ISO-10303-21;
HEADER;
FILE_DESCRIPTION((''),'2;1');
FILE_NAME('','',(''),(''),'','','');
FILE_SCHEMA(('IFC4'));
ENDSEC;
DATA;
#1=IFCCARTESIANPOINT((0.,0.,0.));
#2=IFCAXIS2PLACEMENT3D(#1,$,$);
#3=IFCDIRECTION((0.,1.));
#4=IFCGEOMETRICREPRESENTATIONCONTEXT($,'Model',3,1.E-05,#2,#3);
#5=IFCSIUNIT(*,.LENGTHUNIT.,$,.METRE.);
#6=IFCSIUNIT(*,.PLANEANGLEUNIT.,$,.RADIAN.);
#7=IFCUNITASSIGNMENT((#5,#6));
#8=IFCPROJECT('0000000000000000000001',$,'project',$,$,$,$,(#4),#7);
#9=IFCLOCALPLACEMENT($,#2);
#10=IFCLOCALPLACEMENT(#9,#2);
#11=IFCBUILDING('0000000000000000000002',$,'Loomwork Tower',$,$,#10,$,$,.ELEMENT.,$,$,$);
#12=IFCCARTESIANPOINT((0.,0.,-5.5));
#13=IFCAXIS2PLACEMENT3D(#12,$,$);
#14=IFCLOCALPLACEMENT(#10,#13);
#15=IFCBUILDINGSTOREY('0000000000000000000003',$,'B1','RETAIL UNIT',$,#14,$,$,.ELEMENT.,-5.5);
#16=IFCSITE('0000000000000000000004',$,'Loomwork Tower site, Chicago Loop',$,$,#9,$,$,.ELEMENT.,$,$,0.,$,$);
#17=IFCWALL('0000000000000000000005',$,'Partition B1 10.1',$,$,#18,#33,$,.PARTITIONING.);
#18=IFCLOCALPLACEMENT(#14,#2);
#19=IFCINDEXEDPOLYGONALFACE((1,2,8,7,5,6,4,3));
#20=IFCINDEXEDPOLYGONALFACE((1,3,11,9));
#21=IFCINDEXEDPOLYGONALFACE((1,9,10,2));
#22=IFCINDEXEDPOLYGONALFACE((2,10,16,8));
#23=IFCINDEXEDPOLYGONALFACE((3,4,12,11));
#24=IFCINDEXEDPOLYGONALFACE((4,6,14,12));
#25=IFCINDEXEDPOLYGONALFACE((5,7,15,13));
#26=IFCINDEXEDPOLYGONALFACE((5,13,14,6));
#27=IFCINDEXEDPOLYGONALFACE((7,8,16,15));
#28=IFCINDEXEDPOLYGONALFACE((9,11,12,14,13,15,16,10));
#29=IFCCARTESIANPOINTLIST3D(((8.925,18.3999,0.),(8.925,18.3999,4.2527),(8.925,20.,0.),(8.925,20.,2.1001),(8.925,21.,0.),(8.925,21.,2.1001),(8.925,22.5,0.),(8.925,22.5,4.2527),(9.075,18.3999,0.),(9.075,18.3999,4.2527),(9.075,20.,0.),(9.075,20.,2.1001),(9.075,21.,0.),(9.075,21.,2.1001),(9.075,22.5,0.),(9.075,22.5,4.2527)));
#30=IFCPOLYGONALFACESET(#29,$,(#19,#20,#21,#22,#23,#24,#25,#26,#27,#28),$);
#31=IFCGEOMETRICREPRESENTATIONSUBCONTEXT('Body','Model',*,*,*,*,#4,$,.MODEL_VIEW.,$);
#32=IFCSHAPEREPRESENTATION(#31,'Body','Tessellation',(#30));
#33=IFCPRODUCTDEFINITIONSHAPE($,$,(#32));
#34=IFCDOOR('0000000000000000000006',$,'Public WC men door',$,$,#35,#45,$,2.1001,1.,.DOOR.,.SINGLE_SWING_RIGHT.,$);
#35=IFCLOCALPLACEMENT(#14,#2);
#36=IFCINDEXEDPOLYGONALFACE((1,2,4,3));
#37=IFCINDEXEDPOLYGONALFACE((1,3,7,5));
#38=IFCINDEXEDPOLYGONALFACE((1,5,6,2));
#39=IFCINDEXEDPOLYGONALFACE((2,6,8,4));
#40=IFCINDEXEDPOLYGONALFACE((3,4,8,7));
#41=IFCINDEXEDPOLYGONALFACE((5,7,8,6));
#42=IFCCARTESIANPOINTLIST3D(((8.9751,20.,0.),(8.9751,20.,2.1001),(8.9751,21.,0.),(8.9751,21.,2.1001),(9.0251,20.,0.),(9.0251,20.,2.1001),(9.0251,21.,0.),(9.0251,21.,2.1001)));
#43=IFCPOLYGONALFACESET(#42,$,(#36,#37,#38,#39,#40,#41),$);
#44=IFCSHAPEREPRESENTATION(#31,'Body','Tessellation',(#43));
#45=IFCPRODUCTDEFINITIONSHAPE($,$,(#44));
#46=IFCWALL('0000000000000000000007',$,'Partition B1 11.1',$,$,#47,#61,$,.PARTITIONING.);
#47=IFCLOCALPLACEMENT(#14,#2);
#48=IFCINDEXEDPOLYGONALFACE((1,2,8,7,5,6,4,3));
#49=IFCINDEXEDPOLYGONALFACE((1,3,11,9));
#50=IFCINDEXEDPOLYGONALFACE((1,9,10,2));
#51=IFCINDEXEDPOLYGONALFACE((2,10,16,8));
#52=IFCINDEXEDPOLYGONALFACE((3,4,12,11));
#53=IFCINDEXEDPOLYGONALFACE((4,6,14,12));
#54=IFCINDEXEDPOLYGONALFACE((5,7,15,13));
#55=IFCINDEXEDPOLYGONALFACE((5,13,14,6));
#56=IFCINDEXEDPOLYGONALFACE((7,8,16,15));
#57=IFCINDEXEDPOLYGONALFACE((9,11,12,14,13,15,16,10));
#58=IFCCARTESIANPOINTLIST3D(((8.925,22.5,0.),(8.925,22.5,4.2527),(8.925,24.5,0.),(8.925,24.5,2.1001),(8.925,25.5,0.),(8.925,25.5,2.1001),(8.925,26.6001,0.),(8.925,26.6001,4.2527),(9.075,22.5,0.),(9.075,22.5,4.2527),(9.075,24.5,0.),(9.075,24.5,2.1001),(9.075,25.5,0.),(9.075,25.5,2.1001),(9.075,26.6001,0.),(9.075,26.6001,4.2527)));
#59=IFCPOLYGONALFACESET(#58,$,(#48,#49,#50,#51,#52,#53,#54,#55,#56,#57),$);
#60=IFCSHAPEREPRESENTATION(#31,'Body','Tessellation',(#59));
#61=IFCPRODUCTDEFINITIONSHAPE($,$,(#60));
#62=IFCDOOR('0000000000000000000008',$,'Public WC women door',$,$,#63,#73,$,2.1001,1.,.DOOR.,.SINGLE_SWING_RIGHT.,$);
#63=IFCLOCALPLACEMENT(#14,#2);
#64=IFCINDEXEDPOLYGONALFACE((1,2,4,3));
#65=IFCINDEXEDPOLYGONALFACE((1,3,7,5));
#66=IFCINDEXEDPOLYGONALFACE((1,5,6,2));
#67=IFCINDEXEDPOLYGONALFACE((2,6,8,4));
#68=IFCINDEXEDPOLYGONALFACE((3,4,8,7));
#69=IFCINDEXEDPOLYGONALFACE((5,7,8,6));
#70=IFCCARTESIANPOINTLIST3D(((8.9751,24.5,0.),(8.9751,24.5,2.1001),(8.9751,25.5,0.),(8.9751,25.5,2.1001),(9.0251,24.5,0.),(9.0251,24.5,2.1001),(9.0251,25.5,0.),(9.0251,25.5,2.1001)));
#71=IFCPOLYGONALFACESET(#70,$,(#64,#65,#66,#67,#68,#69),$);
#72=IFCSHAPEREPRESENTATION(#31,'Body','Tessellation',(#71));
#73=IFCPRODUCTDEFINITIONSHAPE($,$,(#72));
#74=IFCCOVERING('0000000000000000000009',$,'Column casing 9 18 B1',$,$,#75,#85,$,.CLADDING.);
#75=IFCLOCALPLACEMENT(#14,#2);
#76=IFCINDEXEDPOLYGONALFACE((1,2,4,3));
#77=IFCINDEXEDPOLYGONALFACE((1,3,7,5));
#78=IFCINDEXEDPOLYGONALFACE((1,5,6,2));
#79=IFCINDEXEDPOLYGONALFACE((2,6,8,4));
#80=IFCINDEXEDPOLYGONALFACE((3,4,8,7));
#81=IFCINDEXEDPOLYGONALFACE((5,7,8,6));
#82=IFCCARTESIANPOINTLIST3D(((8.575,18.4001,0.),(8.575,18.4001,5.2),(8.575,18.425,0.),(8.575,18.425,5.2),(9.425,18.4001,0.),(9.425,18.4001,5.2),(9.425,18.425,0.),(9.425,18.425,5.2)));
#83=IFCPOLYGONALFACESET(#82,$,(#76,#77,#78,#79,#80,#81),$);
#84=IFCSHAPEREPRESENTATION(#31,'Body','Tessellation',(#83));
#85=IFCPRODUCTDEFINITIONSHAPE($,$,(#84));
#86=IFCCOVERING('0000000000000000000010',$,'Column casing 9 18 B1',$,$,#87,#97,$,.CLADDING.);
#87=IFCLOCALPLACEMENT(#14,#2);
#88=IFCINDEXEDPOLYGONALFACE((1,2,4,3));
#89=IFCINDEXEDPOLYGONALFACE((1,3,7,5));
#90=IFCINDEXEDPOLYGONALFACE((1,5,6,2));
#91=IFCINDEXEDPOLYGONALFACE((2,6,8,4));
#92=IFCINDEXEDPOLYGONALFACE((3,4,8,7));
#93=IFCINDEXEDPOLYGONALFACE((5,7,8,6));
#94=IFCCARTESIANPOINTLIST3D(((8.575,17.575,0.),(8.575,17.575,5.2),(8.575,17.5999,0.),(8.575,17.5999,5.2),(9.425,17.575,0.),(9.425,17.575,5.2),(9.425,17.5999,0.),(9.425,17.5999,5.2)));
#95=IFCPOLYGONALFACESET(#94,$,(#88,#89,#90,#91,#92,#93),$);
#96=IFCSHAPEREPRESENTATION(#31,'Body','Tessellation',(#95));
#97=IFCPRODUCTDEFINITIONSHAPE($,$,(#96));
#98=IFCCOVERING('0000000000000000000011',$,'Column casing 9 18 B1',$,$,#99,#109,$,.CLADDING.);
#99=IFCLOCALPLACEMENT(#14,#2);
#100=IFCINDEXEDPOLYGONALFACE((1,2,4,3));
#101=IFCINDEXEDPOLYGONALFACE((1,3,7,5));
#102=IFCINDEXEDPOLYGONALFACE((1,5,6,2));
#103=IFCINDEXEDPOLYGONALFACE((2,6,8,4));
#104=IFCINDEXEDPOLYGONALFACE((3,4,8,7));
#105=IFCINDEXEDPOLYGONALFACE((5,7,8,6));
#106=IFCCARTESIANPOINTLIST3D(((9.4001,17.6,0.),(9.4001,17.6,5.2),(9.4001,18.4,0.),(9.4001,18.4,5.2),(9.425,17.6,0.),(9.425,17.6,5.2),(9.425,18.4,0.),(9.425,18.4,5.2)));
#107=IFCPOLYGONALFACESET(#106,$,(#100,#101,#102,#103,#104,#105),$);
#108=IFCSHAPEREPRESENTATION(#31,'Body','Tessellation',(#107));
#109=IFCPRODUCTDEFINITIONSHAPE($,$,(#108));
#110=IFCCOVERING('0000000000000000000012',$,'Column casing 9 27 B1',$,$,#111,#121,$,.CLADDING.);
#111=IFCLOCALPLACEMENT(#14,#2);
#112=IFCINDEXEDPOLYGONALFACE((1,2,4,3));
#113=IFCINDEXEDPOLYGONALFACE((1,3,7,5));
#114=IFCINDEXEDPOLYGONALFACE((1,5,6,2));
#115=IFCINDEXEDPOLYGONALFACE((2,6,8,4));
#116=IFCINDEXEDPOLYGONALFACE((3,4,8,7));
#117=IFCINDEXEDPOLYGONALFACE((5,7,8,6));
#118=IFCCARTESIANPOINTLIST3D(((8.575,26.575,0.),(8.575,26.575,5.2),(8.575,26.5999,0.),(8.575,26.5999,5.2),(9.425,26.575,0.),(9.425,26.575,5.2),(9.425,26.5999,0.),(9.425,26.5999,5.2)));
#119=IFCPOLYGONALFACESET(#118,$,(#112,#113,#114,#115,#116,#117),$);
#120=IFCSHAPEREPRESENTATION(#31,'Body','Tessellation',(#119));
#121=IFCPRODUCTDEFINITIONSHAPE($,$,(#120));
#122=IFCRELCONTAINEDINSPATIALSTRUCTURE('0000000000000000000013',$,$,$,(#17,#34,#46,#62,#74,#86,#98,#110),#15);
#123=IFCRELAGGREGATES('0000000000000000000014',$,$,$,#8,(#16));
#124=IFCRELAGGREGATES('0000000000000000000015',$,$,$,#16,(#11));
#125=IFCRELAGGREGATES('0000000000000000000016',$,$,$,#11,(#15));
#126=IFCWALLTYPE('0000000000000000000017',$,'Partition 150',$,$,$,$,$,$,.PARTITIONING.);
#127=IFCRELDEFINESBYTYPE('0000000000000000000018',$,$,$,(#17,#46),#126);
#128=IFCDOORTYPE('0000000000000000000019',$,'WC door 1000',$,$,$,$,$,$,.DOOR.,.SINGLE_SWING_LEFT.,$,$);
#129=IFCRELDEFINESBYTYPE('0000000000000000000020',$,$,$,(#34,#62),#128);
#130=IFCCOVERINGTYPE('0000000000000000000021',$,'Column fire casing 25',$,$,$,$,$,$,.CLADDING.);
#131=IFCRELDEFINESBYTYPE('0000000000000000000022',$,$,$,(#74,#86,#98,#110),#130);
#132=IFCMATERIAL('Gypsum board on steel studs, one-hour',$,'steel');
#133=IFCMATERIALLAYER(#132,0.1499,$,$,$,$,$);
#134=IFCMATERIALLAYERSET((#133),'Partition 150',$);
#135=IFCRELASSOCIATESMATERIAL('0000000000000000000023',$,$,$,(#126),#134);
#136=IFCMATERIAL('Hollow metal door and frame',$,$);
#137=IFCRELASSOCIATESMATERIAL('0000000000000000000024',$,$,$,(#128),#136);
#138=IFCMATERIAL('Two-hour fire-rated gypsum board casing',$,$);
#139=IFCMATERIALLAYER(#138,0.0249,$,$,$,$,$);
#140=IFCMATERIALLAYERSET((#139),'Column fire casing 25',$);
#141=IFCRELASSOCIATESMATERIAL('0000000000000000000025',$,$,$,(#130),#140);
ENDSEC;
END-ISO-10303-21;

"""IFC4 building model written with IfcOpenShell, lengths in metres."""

from ifc_helpers import new_model, si_unit, direction, frame, frame_2d, origin, origin_2d, place, context, subcontext, project, spatial, rectangle, extrude, material, layer, layer_set, type_object, element, fill, save


model = new_model("IFC4")

# Units and contexts
model_context = context("Model", 3, precision=1e-05, world=origin(), true_north=direction((0.0, 1.0)))
body_context = subcontext(model_context, "Body", "Model", "MODEL_VIEW")
ifc_project = project(units=[si_unit("LENGTHUNIT", "METRE"), si_unit("PLANEANGLEUNIT", "RADIAN")], contexts=[model_context])

# Site, building, storey
site_placement = place(None, origin())
site = spatial("IfcSite", under=ifc_project, at=site_placement, Name="Loomwork Tower site, Chicago Loop", CompositionType="ELEMENT", RefElevation=0.0)
building_placement = place(site_placement, origin())
building = spatial("IfcBuilding", under=site, at=building_placement, Name="Loomwork Tower", CompositionType="ELEMENT")
storey_placement = place(building_placement, frame((0.0, 0.0, -5.5)))
storey = spatial("IfcBuildingStorey", under=building, at=storey_placement, Name="B1", Description="RETAIL UNIT", CompositionType="ELEMENT", Elevation=-5.5)

# Walls, openings, doors
ifc_material_1 = material(Name="Gypsum board on steel studs, one-hour", Category="steel")
ifc_layer_1 = layer(ifc_material_1, 0.1499)
ifc_layer_set_1 = layer_set([ifc_layer_1], Name="Partition 150")
wall_type_1 = type_object("IfcWallType", Name="Partition 150", PredefinedType="PARTITIONING", material=ifc_layer_set_1)
wall_1_placement = place(storey_placement, frame((9.0, 22.5, 0.0), z_axis=(0.0, 0.0, 1.0), x_axis=(0.0, -1.0, 0.0)))
wall_1 = element("IfcWall", 1, at=wall_1_placement, inside=storey, type_object=wall_type_1, Name="Partition B1 10.1", PredefinedType="PARTITIONING", context=body_context, shape_type="SweptSolid", body=[
    extrude(rectangle(XDim=4.1001, YDim=0.1499, at=frame_2d((2.05, 0.0))), origin(), (0.0, 0.0, 1.0), 4.2527),
])
opening_1_placement = place(wall_1_placement, frame((1.5, 0.0, 0.0)))
opening_1 = element("IfcOpeningElement", 2, at=opening_1_placement, cuts=wall_1, PredefinedType="OPENING", context=body_context, shape_type="SweptSolid", body=[
    extrude(rectangle(XDim=1.0, YDim=2.1001, at=frame_2d((0.5, 1.05))), frame((0.0, 0.085, 0.0), z_axis=(0.0, -1.0, 0.0), x_axis=(1.0, 0.0, 0.0)), (0.0, 0.0, 1.0), 0.1699),
])
ifc_material_2 = material(Name="Hollow metal door and frame")
door_type_1 = type_object("IfcDoorType", Name="WC door 1000", OperationType="SINGLE_SWING_LEFT", PredefinedType="DOOR", material=ifc_material_2)
door_1_placement = place(opening_1_placement, frame((1.0, 0.0, 0.0), z_axis=(0.0, 0.0, 1.0), x_axis=(-1.0, 0.0, 0.0)))
door_1 = element("IfcDoor", 3, at=door_1_placement, inside=storey, type_object=door_type_1, Name="Public WC men door", OperationType="SINGLE_SWING_RIGHT", OverallHeight=2.1001, OverallWidth=1.0, PredefinedType="DOOR", context=body_context, shape_type="SweptSolid", body=[
    extrude(rectangle(XDim=1.0, YDim=2.1001, at=frame_2d((0.5, 1.05))), frame((0.0, 0.0249, 0.0), z_axis=(0.0, -1.0, 0.0), x_axis=(1.0, 0.0, 0.0)), (0.0, 0.0, 1.0), 0.05),
])
fill(opening_1, door_1)
wall_2_placement = place(storey_placement, frame((9.0, 26.6001, 0.0), z_axis=(0.0, 0.0, 1.0), x_axis=(0.0, -1.0, 0.0)))
wall_2 = element("IfcWall", 4, at=wall_2_placement, inside=storey, type_object=wall_type_1, Name="Partition B1 11.1", PredefinedType="PARTITIONING", context=body_context, shape_type="SweptSolid", body=[
    extrude(rectangle(XDim=4.1001, YDim=0.1499, at=frame_2d((2.05, 0.0))), origin(), (0.0, 0.0, 1.0), 4.2527),
])
opening_2_placement = place(wall_2_placement, frame((1.1001, 0.0, 0.0)))
opening_2 = element("IfcOpeningElement", 5, at=opening_2_placement, cuts=wall_2, PredefinedType="OPENING", context=body_context, shape_type="SweptSolid", body=[
    extrude(rectangle(XDim=1.0, YDim=2.1001, at=frame_2d((0.5, 1.05))), frame((0.0, 0.085, 0.0), z_axis=(0.0, -1.0, 0.0), x_axis=(1.0, 0.0, 0.0)), (0.0, 0.0, 1.0), 0.1699),
])
door_2_placement = place(opening_2_placement, frame((1.0, 0.0, 0.0), z_axis=(0.0, 0.0, 1.0), x_axis=(-1.0, 0.0, 0.0)))
door_2 = element("IfcDoor", 6, at=door_2_placement, inside=storey, type_object=door_type_1, Name="Public WC women door", OperationType="SINGLE_SWING_RIGHT", OverallHeight=2.1001, OverallWidth=1.0, PredefinedType="DOOR", context=body_context, shape_type="SweptSolid", body=[
    extrude(rectangle(XDim=1.0, YDim=2.1001, at=frame_2d((0.5, 1.05))), frame((0.0, 0.0249, 0.0), z_axis=(0.0, -1.0, 0.0), x_axis=(1.0, 0.0, 0.0)), (0.0, 0.0, 1.0), 0.05),
])
fill(opening_2, door_2)

# Coverings
ifc_material_3 = material(Name="Two-hour fire-rated gypsum board casing")
ifc_layer_2 = layer(ifc_material_3, 0.0249)
ifc_layer_set_2 = layer_set([ifc_layer_2], Name="Column fire casing 25")
covering_type = type_object("IfcCoveringType", Name="Column fire casing 25", PredefinedType="CLADDING", material=ifc_layer_set_2)
for number, where, z_axis, x_axis, name in (
    (7, (9.0, 18.4126, 0.0), (0.0, 0.0, 1.0), (1.0, 0.0, 0.0), "Column casing 9 18 B1"),
    (8, (9.0, 17.5874, 0.0), (0.0, 0.0, 1.0), (1.0, 0.0, 0.0), "Column casing 9 18 B1"),
):
    element("IfcCovering", number, at=place(storey_placement, frame(where, z_axis=z_axis, x_axis=x_axis)), inside=storey, type_object=covering_type, Name=name, PredefinedType="CLADDING", context=body_context, shape_type="SweptSolid", body=[
        extrude(rectangle(XDim=0.8501, YDim=0.0249, at=origin_2d()), origin(), (0.0, 0.0, 1.0), 5.2),
    ])
covering_1_placement = place(storey_placement, frame((9.4126, 18.0, 0.0), z_axis=(0.0, 0.0, 1.0), x_axis=(1.0, 0.0, 0.0)))
element("IfcCovering", 9, at=covering_1_placement, inside=storey, type_object=covering_type, Name="Column casing 9 18 B1", PredefinedType="CLADDING", context=body_context, shape_type="SweptSolid", body=[
    extrude(rectangle(XDim=0.0249, YDim=0.8, at=origin_2d()), origin(), (0.0, 0.0, 1.0), 5.2),
])
covering_2_placement = place(storey_placement, frame((9.0, 26.5874, 0.0), z_axis=(0.0, 0.0, 1.0), x_axis=(1.0, 0.0, 0.0)))
element("IfcCovering", 10, at=covering_2_placement, inside=storey, type_object=covering_type, Name="Column casing 9 27 B1", PredefinedType="CLADDING", context=body_context, shape_type="SweptSolid", body=[
    extrude(rectangle(XDim=0.8501, YDim=0.0249, at=origin_2d()), origin(), (0.0, 0.0, 1.0), 5.2),
])

save(model, "model.ifc")
